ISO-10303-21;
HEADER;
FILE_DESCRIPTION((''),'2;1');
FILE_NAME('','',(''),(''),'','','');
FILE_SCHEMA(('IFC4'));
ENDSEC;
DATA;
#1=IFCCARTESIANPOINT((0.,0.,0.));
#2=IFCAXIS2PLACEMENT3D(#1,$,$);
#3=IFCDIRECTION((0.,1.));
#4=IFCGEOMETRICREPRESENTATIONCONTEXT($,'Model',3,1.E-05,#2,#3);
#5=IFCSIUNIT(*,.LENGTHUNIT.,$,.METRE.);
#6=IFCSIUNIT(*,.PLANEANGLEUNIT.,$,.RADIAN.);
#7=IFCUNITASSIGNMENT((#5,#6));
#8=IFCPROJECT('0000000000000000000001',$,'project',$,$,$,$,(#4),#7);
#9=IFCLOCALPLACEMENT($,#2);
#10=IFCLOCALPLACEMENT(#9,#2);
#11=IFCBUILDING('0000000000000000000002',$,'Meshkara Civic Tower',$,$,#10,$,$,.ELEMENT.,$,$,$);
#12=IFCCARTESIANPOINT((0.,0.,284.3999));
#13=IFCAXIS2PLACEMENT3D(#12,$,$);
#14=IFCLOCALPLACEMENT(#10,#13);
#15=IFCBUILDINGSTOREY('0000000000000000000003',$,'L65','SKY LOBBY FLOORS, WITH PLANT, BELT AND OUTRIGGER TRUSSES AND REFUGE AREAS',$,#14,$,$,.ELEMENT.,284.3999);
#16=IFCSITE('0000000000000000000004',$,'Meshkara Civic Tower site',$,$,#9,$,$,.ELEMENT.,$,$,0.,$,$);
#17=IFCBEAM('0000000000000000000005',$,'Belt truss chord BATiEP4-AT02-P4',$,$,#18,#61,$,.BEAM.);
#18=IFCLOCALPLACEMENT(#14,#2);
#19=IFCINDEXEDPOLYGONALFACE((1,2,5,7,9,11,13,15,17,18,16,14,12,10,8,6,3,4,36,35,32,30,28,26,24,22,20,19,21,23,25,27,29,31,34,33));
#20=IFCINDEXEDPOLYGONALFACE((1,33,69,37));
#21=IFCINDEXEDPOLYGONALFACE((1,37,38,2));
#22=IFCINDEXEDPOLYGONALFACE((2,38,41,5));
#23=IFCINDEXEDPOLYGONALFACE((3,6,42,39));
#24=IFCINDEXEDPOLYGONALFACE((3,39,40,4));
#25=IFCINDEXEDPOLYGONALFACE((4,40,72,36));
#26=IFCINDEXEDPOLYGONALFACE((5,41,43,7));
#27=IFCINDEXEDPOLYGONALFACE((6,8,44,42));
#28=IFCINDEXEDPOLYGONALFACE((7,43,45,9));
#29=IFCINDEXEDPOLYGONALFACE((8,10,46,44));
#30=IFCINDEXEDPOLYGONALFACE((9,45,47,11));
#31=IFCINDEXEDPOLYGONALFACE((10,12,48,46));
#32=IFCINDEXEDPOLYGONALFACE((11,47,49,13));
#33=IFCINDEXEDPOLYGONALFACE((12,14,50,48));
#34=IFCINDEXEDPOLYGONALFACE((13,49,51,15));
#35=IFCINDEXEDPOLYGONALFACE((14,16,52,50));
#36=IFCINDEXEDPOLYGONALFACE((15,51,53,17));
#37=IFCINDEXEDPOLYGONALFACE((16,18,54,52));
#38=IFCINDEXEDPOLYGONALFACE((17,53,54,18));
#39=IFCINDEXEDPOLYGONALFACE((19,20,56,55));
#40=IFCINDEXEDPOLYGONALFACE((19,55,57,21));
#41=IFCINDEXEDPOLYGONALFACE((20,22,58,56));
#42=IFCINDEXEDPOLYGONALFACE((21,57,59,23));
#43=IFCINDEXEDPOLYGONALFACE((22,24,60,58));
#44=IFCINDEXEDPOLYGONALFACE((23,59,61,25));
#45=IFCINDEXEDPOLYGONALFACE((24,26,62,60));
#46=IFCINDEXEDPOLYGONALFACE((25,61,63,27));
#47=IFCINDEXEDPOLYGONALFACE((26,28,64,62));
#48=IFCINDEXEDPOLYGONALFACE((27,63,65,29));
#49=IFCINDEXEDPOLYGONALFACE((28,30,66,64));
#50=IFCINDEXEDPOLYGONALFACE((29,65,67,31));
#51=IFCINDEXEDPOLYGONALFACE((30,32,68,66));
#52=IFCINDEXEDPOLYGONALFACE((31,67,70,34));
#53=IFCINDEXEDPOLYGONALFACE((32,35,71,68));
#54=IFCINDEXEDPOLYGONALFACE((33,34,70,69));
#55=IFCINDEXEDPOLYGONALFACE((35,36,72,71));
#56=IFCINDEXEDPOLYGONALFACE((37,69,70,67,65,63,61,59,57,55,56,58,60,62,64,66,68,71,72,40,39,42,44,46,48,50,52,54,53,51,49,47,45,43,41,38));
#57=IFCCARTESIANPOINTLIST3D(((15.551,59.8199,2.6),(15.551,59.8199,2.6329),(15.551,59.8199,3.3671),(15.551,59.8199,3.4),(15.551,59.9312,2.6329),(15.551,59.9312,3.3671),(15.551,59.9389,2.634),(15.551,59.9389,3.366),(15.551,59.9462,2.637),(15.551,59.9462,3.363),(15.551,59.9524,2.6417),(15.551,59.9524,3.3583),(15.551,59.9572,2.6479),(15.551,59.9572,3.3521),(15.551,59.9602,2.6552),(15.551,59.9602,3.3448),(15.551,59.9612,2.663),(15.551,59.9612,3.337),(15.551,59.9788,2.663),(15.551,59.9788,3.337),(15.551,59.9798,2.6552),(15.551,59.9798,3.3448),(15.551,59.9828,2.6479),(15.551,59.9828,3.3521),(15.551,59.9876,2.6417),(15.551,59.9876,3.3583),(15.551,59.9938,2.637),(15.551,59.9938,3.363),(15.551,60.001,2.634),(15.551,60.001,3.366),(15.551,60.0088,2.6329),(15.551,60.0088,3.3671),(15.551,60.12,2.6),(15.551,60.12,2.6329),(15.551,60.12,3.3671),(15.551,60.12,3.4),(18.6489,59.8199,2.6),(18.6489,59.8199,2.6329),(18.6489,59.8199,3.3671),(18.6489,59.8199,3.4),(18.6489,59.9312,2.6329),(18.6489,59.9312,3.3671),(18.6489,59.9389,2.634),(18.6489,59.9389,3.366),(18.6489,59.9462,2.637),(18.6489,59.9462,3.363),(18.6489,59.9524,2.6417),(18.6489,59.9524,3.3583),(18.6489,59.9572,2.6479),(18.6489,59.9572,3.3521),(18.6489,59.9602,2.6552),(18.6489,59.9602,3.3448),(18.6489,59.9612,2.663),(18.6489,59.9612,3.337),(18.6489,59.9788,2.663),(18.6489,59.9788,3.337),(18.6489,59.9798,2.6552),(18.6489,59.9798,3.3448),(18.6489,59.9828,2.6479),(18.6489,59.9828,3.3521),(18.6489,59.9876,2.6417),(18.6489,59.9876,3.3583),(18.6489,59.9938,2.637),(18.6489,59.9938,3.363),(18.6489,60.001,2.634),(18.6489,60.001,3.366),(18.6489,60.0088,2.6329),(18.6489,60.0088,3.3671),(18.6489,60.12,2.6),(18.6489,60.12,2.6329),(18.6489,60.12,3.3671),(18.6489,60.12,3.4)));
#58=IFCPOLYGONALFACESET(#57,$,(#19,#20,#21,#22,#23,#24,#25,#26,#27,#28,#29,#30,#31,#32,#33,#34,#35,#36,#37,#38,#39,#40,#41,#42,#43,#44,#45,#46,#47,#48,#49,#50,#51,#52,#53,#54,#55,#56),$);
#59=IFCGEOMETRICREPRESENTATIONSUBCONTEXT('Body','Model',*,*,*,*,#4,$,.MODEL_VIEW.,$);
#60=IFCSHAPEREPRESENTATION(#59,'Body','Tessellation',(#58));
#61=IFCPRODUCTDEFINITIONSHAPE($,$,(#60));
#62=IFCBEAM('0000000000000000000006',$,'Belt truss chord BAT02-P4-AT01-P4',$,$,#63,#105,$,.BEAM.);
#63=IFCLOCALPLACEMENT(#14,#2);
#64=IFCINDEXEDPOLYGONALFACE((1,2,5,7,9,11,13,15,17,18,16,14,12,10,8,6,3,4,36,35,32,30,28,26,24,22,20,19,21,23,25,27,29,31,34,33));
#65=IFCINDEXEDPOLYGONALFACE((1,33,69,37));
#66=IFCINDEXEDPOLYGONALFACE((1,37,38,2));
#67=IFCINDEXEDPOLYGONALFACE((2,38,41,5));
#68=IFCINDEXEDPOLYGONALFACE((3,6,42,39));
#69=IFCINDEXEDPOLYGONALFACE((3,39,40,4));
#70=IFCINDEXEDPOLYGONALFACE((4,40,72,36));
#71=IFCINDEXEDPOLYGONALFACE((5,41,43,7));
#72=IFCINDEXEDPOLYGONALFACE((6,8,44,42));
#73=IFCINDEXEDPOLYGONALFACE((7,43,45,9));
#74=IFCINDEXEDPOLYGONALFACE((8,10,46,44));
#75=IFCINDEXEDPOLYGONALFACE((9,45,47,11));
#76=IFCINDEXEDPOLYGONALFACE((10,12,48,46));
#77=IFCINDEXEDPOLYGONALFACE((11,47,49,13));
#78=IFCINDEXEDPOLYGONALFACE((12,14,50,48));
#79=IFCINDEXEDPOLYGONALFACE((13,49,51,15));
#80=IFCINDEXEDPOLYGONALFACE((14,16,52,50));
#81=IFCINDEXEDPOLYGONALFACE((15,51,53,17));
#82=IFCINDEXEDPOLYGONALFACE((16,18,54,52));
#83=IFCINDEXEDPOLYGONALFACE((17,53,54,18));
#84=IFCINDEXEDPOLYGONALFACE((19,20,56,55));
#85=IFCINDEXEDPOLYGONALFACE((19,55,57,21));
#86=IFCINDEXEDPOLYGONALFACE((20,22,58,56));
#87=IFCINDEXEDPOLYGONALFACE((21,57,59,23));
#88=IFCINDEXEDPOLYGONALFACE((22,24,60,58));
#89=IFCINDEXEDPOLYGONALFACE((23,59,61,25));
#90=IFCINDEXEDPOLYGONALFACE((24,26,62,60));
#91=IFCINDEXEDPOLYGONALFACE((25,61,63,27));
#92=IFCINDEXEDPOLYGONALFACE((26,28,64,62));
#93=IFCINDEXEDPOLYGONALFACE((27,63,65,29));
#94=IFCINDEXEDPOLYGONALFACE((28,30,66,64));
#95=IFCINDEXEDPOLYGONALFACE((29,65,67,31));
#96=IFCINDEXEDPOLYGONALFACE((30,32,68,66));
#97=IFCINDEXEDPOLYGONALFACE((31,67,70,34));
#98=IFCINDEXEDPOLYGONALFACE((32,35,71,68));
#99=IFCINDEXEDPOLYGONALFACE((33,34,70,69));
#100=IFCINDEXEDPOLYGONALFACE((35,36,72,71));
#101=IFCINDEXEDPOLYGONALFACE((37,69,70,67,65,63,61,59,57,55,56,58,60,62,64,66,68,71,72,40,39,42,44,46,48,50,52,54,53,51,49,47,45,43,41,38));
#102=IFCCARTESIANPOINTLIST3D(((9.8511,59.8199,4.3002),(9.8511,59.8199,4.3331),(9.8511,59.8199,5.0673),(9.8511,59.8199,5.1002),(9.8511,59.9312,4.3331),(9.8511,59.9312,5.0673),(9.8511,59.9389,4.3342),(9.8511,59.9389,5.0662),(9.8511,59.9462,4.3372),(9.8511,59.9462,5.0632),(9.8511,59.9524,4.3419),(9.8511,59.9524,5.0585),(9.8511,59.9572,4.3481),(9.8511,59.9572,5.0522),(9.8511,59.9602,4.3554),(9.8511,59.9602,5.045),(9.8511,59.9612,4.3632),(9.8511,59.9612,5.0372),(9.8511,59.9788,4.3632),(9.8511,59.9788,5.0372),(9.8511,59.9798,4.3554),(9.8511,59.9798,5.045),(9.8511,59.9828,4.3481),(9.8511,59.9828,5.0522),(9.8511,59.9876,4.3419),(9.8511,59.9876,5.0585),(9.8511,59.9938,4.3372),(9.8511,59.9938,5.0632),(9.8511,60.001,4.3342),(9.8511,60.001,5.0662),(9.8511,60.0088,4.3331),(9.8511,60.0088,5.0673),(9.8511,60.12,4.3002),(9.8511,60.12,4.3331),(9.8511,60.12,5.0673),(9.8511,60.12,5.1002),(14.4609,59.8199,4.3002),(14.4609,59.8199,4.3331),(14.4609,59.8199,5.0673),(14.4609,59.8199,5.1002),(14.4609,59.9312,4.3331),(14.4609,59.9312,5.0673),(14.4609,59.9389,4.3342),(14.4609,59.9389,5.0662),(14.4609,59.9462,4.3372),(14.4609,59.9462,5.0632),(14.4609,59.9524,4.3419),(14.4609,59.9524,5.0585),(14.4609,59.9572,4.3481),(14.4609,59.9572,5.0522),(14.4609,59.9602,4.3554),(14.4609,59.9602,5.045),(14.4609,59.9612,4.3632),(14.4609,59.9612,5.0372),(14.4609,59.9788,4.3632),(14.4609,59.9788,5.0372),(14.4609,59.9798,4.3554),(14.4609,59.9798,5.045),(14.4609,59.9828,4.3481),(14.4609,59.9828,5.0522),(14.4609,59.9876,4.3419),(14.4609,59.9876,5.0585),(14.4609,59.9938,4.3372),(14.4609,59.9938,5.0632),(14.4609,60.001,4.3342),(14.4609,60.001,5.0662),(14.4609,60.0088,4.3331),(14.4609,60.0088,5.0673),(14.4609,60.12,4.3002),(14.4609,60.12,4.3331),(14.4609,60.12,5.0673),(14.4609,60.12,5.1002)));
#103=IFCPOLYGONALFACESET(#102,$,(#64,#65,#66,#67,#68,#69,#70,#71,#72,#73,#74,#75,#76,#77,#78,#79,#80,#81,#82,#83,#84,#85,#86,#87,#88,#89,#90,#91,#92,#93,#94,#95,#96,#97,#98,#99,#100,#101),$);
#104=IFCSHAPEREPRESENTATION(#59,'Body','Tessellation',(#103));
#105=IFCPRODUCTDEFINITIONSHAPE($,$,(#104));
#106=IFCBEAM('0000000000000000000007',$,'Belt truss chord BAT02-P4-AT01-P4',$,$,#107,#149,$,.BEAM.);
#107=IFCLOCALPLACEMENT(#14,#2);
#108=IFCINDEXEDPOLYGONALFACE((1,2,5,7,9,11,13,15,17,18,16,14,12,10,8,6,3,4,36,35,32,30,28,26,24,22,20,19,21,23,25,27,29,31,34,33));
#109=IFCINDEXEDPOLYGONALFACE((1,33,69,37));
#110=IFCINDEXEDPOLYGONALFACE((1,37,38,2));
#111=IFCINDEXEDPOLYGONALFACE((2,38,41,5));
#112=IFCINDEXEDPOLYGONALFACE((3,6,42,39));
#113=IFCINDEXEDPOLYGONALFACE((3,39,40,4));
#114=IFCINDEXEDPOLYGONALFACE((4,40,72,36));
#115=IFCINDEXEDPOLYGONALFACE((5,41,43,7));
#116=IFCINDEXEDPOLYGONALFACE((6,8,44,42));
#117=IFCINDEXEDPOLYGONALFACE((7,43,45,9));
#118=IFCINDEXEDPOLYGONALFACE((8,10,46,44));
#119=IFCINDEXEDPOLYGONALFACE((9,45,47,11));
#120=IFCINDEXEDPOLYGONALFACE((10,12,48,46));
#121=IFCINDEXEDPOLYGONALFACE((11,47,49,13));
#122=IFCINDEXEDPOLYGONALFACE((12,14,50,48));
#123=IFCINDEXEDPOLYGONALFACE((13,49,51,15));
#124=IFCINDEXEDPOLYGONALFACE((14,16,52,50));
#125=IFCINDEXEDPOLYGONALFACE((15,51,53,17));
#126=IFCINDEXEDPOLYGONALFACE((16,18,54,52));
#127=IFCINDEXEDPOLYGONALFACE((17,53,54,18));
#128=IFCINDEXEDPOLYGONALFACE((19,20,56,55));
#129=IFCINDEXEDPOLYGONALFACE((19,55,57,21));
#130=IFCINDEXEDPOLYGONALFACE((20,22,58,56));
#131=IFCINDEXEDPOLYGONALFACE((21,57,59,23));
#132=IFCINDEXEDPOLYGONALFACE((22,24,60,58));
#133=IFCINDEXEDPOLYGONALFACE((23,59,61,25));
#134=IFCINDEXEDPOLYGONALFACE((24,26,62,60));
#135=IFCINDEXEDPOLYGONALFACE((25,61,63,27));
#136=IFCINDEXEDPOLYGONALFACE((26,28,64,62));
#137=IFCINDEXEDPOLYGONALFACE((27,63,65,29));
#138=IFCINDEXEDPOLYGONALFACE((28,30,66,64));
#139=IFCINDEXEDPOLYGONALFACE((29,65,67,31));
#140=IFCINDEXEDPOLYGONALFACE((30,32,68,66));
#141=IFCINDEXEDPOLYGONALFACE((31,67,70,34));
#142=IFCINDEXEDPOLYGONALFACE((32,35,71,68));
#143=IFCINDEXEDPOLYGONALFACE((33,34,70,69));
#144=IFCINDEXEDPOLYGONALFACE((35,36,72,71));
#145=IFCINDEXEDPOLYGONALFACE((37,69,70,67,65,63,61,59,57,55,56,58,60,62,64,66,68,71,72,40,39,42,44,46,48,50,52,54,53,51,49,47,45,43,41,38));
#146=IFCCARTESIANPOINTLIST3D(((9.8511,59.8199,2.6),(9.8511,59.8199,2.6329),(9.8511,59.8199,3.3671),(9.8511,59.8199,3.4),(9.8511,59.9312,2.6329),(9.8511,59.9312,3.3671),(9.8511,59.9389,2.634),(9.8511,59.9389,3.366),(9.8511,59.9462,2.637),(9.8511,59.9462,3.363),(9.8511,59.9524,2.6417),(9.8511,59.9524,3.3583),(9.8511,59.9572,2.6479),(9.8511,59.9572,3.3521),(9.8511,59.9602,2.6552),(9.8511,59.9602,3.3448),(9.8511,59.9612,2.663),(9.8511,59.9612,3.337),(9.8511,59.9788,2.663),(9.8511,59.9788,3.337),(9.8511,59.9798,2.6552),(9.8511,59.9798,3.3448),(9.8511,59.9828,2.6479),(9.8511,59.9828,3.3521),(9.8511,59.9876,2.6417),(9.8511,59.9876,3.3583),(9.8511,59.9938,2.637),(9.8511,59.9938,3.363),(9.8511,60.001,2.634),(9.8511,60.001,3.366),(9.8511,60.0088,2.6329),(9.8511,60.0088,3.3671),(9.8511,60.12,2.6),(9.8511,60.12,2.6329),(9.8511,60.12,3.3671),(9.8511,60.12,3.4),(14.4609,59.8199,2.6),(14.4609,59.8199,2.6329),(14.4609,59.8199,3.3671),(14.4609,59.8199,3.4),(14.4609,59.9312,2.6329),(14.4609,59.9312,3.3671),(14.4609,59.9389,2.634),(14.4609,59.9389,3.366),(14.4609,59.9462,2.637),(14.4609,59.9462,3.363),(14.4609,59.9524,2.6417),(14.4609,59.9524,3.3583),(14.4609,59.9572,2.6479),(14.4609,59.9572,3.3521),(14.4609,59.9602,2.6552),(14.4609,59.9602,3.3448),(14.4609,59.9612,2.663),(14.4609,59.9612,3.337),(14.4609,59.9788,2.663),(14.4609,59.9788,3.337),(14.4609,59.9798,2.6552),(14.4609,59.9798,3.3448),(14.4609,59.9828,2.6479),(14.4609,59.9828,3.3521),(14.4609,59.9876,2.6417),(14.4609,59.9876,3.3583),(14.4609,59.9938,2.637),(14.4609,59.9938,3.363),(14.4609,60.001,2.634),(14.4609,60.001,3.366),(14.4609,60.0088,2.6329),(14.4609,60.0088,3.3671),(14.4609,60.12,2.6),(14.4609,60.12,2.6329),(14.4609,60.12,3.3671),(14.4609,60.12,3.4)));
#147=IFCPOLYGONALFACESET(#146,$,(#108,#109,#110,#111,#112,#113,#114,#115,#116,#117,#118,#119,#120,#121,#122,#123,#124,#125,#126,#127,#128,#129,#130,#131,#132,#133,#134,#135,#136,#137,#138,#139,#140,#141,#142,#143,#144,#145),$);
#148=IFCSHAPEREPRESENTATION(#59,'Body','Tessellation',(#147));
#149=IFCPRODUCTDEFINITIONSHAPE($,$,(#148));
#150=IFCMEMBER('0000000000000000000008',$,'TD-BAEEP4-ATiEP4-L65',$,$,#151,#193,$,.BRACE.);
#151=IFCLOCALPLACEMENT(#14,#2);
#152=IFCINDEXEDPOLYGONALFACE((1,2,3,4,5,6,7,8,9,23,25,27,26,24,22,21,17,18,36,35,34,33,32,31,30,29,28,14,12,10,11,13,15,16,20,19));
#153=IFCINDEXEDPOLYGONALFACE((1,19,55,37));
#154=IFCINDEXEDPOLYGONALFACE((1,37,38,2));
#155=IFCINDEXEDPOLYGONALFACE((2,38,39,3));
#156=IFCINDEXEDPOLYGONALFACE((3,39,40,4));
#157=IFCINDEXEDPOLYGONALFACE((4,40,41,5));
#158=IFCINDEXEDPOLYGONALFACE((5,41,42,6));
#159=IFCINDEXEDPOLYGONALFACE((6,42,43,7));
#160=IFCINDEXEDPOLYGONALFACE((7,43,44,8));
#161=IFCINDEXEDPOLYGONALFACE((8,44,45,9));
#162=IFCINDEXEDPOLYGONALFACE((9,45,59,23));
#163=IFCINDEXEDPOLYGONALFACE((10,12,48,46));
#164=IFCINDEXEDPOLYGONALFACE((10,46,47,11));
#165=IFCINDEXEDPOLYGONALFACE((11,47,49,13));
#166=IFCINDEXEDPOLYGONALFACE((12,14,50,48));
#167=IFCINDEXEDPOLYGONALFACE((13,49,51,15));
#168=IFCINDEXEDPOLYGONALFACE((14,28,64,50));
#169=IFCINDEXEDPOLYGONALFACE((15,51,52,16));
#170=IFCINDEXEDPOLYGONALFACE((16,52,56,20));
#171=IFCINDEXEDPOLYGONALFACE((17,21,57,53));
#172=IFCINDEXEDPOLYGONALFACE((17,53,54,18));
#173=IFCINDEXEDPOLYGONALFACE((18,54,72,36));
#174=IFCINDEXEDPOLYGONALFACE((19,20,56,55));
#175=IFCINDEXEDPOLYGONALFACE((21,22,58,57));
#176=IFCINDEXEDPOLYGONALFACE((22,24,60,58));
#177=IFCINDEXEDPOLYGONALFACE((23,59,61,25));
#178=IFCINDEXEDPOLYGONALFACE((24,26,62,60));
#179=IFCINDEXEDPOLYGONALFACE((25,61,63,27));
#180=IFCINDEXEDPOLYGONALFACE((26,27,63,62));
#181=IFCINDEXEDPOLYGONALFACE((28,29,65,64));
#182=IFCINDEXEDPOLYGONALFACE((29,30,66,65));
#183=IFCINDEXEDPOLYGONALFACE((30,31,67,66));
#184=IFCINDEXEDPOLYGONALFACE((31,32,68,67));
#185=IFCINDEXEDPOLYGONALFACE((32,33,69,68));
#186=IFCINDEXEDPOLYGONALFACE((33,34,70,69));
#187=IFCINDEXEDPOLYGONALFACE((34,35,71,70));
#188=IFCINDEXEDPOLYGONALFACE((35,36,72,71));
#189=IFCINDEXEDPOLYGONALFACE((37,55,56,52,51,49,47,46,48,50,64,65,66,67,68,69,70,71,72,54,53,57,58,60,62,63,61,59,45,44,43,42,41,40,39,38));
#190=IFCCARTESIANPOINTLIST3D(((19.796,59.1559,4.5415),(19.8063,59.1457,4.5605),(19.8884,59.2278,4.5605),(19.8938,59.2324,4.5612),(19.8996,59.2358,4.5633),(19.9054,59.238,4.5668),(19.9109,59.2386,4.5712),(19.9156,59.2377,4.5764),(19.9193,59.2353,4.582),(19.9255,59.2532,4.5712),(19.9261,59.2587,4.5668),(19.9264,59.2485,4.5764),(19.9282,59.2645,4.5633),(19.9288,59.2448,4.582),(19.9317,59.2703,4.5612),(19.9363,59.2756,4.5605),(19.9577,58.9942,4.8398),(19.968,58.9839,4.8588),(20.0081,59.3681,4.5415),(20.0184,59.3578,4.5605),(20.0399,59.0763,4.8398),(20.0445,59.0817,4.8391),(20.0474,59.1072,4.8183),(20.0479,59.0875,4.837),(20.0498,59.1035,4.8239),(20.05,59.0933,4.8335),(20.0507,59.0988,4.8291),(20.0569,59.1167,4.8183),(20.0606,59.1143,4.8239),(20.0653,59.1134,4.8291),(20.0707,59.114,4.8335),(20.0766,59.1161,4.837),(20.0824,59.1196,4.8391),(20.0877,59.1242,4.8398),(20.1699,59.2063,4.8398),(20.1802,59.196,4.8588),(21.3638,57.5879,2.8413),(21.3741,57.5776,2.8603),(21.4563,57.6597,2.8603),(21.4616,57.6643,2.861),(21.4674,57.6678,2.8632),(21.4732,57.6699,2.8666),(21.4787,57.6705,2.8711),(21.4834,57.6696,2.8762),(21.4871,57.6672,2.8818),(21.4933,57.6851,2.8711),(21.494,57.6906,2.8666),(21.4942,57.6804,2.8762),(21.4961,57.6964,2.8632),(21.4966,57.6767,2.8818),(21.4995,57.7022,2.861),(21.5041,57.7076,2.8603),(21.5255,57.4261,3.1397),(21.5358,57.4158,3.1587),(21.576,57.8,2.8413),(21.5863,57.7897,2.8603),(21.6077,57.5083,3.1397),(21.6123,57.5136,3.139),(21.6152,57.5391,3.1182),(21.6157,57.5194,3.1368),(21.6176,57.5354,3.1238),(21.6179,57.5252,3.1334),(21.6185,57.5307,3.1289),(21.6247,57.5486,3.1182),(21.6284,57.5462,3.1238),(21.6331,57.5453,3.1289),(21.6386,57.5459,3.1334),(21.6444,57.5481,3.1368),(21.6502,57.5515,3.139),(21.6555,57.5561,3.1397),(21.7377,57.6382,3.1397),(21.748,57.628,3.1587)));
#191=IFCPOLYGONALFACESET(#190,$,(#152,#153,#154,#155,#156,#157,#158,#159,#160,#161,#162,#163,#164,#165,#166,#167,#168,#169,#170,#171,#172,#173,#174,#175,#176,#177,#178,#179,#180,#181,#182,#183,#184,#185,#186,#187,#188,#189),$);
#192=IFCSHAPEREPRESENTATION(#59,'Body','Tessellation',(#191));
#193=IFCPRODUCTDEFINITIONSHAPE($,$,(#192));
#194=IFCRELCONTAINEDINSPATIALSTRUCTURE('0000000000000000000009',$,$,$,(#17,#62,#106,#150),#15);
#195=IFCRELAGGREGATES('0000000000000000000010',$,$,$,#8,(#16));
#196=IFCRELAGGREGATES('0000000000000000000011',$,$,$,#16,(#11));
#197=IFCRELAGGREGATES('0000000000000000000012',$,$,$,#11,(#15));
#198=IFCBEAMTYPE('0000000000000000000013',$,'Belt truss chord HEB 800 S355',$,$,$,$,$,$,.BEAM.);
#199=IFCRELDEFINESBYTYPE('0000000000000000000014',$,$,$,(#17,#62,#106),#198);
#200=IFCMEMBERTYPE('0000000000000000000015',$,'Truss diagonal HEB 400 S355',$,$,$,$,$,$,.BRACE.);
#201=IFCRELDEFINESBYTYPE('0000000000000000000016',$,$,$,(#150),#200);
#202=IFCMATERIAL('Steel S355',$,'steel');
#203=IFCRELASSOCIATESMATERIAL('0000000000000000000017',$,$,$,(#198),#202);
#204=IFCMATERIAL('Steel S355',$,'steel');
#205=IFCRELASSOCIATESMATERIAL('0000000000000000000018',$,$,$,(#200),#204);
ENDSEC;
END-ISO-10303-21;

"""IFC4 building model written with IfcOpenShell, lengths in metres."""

from ifc_helpers import new_model, si_unit, direction, frame, origin, origin_2d, place, context, subcontext, project, spatial, i_section, extrude, material, material_profile, profile_set, type_object, element, save


model = new_model("IFC4")

# Units and contexts
model_context = context("Model", 3, precision=1e-05, world=origin(), true_north=direction((0.0, 1.0)))
body_context = subcontext(model_context, "Body", "Model", "MODEL_VIEW")
ifc_project = project(units=[si_unit("LENGTHUNIT", "METRE"), si_unit("PLANEANGLEUNIT", "RADIAN")], contexts=[model_context])

# Site, building, storey
site_placement = place(None, origin())
site = spatial("IfcSite", under=ifc_project, at=site_placement, Name="Meshkara Civic Tower site", CompositionType="ELEMENT", RefElevation=0.0)
building_placement = place(site_placement, origin())
building = spatial("IfcBuilding", under=site, at=building_placement, Name="Meshkara Civic Tower", CompositionType="ELEMENT")
storey_placement = place(building_placement, frame((0.0, 0.0, 284.3999)))
storey = spatial("IfcBuildingStorey", under=building, at=storey_placement, Name="L65", Description="SKY LOBBY FLOORS, WITH PLANT, BELT AND OUTRIGGER TRUSSES AND REFUGE AREAS", CompositionType="ELEMENT", Elevation=284.3999)

# Beams
ifc_material_1 = material(Name="Steel S355", Category="steel")
ifc_material_profile_1 = material_profile(ifc_material_1, i_section(OverallWidth=0.3, OverallDepth=0.8, WebThickness=0.0176, FlangeThickness=0.033, FilletRadius=0.03, at=origin_2d()))
ifc_profile_set_1 = profile_set([ifc_material_profile_1], Name="Steel S355")
beam_type = type_object("IfcBeamType", Name="Belt truss chord HEB 800 S355", PredefinedType="BEAM", material=ifc_profile_set_1)
for number, where, z_axis, x_axis, name in (
    (1, (18.6489, 59.97, 3.0), (-1.0, 0.0, 0.0), (0.0, -1.0, 0.0), "Belt truss chord BATiEP4-AT02-P4"),
):
    element("IfcBeam", number, at=place(storey_placement, frame(where, z_axis=z_axis, x_axis=x_axis)), inside=storey, type_object=beam_type, Name=name, PredefinedType="BEAM", context=body_context, shape_type="SweptSolid", body=[
        extrude(i_section(OverallWidth=0.3, OverallDepth=0.8, WebThickness=0.0176, FlangeThickness=0.033, FilletRadius=0.03, at=origin_2d()), origin(), (0.0, 0.0, 1.0), 3.0979),
    ])
for number, where, z_axis, x_axis, name in (
    (2, (14.4609, 59.97, 4.7002), (-1.0, 0.0, 0.0), (0.0, -1.0, 0.0), "Belt truss chord BAT02-P4-AT01-P4"),
    (3, (14.4609, 59.97, 3.0), (-1.0, 0.0, 0.0), (0.0, -1.0, 0.0), "Belt truss chord BAT02-P4-AT01-P4"),
):
    element("IfcBeam", number, at=place(storey_placement, frame(where, z_axis=z_axis, x_axis=x_axis)), inside=storey, type_object=beam_type, Name=name, PredefinedType="BEAM", context=body_context, shape_type="SweptSolid", body=[
        extrude(i_section(OverallWidth=0.3, OverallDepth=0.8, WebThickness=0.0176, FlangeThickness=0.033, FilletRadius=0.03, at=origin_2d()), origin(), (0.0, 0.0, 1.0), 4.6099),
    ])

# Member
ifc_material_2 = material(Name="Steel S355", Category="steel")
ifc_material_profile_2 = material_profile(ifc_material_2, i_section(OverallWidth=0.3, OverallDepth=0.3999, WebThickness=0.0134, FlangeThickness=0.0239, FilletRadius=0.0271, at=origin_2d()))
ifc_profile_set_2 = profile_set([ifc_material_profile_2], Name="Steel S355")
member_type = type_object("IfcMemberType", Name="Truss diagonal HEB 400 S355", PredefinedType="BRACE", material=ifc_profile_set_2)
member_1_placement = place(storey_placement, frame((21.5559, 57.6079, 3.0), z_axis=(-0.561105, 0.561192, 0.608461), x_axis=(-0.707162, -0.707052, 0.0)))
element("IfcMember", 4, at=member_1_placement, inside=storey, type_object=member_type, Name="TD-BAEEP4-ATiEP4-L65", PredefinedType="BRACE", context=body_context, shape_type="SweptSolid", body=[
    extrude(i_section(OverallWidth=0.3, OverallDepth=0.3999, WebThickness=0.0134, FlangeThickness=0.0239, FilletRadius=0.0271, at=origin_2d()), origin(), (0.0, 0.0, 1.0), 2.7942),
])

save(model, "model.ifc")
